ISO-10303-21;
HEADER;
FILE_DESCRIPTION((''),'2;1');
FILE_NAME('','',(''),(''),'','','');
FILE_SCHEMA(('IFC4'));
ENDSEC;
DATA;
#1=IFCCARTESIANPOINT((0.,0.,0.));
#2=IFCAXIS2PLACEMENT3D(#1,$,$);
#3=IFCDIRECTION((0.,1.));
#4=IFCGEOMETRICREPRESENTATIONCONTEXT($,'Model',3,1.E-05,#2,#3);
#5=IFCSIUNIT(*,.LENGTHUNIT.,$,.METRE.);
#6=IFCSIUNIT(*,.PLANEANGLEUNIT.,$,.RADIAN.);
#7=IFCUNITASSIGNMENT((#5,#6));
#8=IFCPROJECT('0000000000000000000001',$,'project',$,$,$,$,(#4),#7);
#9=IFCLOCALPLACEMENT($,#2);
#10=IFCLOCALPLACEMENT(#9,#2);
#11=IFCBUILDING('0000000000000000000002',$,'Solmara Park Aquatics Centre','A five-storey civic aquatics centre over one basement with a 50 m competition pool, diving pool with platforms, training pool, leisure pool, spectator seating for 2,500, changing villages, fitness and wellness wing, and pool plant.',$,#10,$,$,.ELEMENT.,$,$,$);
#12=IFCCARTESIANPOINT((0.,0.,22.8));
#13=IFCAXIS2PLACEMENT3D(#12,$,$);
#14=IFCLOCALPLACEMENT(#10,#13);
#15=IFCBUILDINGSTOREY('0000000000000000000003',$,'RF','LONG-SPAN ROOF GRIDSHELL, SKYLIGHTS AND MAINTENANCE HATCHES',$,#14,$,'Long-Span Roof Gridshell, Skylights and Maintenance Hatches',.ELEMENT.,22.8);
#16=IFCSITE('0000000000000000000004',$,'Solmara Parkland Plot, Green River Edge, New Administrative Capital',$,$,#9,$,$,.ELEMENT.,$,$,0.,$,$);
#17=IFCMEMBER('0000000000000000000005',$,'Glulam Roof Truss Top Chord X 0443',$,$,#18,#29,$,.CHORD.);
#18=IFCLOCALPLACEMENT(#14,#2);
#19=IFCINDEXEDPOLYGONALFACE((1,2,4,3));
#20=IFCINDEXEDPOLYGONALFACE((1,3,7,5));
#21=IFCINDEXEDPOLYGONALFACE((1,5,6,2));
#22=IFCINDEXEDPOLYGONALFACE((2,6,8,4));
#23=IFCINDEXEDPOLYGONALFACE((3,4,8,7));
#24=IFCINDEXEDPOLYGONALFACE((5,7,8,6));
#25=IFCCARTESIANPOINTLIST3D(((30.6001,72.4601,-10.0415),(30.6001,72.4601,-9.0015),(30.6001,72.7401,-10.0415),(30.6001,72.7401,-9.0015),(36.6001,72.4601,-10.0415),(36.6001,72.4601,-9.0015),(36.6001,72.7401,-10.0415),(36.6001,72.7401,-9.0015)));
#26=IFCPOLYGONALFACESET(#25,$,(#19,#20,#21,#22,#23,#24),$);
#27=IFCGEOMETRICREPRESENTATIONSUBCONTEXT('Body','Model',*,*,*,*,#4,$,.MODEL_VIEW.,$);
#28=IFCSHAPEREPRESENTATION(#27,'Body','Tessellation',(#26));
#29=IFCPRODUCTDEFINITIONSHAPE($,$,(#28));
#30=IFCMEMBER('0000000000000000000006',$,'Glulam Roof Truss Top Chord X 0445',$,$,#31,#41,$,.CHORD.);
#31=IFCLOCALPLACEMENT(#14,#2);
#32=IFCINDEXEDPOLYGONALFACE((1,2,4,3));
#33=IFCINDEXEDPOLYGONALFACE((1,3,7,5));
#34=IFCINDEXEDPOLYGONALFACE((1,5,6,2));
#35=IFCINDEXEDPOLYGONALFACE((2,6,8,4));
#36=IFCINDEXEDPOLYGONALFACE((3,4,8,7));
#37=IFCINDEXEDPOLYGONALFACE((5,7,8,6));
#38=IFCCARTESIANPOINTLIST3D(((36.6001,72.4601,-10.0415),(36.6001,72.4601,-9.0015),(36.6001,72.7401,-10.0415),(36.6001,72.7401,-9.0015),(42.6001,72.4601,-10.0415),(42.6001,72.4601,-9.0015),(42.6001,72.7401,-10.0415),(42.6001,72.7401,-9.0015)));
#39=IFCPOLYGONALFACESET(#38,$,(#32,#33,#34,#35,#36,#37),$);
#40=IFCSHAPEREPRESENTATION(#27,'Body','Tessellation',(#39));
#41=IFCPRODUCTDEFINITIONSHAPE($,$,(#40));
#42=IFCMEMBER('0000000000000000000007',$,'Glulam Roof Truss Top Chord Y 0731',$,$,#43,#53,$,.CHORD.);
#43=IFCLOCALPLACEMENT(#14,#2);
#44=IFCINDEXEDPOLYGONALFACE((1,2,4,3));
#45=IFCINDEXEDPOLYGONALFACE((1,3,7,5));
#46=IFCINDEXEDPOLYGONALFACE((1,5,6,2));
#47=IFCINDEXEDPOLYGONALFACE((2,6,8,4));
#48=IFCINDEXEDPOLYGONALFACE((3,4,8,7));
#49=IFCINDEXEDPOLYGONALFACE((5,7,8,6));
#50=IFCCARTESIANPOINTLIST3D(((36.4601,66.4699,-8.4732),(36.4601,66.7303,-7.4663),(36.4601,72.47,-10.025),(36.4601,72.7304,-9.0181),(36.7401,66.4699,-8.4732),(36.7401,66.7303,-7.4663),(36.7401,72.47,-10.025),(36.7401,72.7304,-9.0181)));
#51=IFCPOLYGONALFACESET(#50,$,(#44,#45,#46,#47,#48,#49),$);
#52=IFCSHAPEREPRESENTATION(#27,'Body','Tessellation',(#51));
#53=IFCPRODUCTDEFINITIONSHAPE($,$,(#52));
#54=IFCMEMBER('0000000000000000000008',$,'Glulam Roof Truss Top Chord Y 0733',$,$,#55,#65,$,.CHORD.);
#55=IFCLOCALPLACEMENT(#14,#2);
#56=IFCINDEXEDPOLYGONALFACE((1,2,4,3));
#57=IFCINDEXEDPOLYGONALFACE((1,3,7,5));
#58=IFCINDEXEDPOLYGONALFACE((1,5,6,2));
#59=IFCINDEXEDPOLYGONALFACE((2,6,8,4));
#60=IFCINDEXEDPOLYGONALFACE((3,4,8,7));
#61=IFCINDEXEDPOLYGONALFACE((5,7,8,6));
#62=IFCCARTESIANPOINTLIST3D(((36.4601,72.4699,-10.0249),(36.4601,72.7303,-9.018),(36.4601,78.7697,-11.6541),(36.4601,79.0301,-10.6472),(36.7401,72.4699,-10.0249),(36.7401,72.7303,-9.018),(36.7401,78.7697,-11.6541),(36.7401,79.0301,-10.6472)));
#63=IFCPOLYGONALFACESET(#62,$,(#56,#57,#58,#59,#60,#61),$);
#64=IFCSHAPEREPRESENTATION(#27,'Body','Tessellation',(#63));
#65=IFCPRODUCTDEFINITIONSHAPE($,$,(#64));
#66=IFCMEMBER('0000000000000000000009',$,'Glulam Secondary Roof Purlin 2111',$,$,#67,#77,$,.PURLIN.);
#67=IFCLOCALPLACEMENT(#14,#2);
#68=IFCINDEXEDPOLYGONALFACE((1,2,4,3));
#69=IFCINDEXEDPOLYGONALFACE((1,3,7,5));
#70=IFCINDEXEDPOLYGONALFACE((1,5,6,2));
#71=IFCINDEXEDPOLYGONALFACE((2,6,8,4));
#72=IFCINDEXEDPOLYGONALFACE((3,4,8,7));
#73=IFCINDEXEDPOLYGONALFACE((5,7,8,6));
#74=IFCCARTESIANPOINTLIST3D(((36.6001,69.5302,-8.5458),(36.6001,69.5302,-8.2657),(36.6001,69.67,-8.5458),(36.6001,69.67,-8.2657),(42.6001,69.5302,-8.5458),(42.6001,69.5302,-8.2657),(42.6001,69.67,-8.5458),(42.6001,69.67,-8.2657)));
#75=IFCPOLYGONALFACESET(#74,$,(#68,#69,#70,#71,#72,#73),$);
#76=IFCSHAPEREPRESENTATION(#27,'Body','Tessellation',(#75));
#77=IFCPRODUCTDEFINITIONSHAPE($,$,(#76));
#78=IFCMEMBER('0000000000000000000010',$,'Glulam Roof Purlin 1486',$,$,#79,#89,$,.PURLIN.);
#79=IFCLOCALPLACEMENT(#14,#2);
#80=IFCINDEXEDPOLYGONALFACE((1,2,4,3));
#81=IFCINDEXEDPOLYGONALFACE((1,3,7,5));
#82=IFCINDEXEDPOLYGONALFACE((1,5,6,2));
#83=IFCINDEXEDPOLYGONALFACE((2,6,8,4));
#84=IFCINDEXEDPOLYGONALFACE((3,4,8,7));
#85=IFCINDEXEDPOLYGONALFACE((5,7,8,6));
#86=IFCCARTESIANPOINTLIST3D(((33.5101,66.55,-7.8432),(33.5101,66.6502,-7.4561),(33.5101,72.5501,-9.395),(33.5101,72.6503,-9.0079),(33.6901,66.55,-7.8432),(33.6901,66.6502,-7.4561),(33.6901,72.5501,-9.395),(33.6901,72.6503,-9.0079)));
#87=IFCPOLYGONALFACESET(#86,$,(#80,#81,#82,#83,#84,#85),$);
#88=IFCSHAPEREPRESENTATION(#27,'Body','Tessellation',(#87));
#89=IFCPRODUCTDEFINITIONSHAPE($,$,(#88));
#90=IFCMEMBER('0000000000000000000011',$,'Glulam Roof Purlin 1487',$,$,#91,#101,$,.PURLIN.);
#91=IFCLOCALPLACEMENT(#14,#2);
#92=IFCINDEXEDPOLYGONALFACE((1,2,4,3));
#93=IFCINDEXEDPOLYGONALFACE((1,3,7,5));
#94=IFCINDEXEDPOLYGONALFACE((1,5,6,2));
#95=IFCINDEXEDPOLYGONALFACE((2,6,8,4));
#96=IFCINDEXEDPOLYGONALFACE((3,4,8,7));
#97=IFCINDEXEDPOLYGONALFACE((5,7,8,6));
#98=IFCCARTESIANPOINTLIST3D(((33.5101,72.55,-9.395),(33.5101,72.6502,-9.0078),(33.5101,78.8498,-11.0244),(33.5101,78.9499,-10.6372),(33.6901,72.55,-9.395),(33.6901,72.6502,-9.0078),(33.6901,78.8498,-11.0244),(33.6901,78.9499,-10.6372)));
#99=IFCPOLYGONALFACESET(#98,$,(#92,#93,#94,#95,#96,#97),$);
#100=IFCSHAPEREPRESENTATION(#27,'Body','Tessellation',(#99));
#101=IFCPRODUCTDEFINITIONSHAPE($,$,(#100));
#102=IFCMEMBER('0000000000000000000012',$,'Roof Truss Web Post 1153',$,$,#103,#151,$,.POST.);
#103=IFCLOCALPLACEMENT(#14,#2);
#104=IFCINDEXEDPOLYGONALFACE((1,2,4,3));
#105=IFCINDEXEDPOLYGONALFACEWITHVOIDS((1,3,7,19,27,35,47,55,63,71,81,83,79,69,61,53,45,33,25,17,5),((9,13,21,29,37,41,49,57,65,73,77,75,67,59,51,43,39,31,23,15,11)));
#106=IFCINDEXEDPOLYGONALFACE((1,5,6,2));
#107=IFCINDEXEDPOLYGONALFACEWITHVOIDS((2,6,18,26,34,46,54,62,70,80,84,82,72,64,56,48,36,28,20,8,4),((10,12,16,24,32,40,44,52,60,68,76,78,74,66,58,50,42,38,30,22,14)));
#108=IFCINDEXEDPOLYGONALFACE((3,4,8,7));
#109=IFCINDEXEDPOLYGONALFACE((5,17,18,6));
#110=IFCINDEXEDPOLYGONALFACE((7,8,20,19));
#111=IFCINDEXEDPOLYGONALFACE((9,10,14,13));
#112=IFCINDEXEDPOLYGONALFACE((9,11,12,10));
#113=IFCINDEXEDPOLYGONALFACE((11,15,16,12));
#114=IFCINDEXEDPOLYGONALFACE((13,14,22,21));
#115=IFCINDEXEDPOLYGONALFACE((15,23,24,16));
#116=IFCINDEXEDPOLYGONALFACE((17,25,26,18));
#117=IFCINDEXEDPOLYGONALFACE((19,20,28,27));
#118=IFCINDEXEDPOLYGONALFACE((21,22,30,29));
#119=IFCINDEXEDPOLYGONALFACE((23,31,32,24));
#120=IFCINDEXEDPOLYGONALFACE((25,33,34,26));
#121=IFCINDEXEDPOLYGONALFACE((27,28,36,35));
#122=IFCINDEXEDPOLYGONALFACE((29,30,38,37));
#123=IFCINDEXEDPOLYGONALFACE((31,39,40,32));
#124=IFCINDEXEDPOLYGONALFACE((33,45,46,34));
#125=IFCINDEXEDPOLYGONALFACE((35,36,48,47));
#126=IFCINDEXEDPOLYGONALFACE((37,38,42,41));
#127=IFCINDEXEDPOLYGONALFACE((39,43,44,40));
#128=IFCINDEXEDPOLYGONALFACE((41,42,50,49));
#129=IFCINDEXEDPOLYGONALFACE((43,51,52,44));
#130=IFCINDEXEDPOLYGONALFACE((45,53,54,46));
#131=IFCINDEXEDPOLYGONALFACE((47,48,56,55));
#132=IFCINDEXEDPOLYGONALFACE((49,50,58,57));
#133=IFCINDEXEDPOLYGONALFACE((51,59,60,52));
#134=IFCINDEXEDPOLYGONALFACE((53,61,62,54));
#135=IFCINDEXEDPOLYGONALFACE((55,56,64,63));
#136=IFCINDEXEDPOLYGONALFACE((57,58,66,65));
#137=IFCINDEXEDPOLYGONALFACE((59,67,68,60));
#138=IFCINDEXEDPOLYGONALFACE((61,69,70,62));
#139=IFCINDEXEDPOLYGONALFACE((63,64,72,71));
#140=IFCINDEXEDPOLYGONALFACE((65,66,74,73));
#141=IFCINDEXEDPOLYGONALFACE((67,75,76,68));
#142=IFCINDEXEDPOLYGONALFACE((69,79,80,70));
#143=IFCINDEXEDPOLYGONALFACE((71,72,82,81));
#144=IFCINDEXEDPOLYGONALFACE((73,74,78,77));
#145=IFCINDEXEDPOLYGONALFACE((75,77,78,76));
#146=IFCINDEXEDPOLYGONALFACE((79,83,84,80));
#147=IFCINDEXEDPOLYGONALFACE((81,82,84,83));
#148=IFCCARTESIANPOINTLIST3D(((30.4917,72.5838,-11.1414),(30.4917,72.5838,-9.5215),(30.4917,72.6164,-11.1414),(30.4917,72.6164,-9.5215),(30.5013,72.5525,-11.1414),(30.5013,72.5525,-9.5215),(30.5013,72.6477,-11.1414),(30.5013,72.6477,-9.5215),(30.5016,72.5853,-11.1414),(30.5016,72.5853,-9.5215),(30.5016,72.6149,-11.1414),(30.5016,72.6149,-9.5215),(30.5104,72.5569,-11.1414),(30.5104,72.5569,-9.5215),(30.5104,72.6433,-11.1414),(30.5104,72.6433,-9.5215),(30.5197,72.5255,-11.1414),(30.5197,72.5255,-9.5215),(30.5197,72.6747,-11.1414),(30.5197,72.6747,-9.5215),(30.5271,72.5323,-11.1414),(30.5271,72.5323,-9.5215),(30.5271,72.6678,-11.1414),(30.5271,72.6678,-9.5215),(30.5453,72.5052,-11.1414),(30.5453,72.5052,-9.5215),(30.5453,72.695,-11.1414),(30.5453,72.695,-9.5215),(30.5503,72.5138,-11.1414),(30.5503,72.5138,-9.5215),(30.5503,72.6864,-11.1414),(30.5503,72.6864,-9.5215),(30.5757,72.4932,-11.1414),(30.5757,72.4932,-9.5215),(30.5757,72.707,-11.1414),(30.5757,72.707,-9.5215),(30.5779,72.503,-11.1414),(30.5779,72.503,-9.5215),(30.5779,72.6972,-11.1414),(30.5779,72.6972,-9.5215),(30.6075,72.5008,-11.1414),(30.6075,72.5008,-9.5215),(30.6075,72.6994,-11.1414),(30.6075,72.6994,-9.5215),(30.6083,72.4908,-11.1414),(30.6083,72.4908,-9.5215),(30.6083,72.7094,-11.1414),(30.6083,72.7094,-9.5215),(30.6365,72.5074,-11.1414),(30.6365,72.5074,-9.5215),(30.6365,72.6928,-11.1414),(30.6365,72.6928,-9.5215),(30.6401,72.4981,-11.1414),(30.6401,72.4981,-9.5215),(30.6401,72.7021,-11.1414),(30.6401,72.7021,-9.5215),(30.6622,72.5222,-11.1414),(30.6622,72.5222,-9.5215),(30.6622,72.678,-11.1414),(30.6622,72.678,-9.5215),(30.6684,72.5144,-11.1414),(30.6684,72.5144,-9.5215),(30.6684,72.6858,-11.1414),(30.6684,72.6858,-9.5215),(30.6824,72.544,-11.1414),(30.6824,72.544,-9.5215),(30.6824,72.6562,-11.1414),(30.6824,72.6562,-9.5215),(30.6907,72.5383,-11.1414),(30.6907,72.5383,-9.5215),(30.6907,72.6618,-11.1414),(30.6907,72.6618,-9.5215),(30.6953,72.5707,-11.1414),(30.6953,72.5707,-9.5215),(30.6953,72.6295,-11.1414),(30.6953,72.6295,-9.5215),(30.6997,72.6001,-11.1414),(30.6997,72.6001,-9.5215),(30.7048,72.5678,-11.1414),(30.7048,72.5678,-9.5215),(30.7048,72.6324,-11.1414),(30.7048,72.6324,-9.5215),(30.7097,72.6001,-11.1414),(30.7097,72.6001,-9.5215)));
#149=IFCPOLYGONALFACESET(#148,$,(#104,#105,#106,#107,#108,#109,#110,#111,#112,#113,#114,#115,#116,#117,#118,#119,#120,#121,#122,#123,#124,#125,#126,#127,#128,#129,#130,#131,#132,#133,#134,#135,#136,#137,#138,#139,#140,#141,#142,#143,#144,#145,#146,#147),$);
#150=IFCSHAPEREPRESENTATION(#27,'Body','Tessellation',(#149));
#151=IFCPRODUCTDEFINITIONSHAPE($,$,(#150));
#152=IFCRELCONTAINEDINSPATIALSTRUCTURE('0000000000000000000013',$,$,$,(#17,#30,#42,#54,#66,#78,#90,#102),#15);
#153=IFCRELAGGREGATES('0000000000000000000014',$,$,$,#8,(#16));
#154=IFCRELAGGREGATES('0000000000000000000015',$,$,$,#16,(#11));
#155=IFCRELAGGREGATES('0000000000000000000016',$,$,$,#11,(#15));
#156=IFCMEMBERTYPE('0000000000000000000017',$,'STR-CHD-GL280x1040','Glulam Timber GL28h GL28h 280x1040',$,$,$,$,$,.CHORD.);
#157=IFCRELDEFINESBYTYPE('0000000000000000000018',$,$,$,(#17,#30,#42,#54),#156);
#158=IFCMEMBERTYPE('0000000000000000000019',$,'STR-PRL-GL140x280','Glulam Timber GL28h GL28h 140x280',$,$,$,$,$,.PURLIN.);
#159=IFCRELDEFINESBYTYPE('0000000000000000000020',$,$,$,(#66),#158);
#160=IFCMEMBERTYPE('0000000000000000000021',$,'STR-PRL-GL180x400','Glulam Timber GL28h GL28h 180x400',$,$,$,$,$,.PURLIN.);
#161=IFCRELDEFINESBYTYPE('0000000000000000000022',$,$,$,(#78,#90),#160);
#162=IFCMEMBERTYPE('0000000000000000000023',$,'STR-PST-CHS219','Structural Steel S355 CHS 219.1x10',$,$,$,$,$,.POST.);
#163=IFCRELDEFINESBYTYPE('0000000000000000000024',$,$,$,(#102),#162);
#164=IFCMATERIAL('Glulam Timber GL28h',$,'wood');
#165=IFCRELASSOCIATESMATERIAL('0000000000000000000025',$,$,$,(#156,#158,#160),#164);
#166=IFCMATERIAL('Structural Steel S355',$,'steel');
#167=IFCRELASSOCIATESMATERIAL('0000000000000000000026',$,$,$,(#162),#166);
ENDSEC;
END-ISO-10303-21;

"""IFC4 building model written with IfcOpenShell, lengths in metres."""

from ifc_helpers import new_model, si_unit, direction, frame, origin, origin_2d, place, context, subcontext, project, spatial, rectangle, hollow_circle, extrude, material, material_profile, profile_set, type_object, element, save


model = new_model("IFC4")

# Units and contexts
model_context = context("Model", 3, precision=1e-05, world=origin(), true_north=direction((0.0, 1.0)))
body_context = subcontext(model_context, "Body", "Model", "MODEL_VIEW")
ifc_project = project(units=[si_unit("LENGTHUNIT", "METRE"), si_unit("PLANEANGLEUNIT", "RADIAN")], contexts=[model_context])

# Site, building, storey
site_placement = place(None, origin())
site = spatial("IfcSite", under=ifc_project, at=site_placement, Name="Solmara Parkland Plot, Green River Edge, New Administrative Capital", CompositionType="ELEMENT", RefElevation=0.0)
building_placement = place(site_placement, origin())
building = spatial("IfcBuilding", under=site, at=building_placement, Name="Solmara Park Aquatics Centre", Description="A five-storey civic aquatics centre over one basement with a 50 m competition pool, diving pool with platforms, training pool, leisure pool, spectator seating for 2,500, changing villages, fitness and wellness wing, and pool plant.", CompositionType="ELEMENT")
storey_placement = place(building_placement, frame((0.0, 0.0, 22.8)))
storey = spatial("IfcBuildingStorey", under=building, at=storey_placement, Name="RF", Description="LONG-SPAN ROOF GRIDSHELL, SKYLIGHTS AND MAINTENANCE HATCHES", LongName="Long-Span Roof Gridshell, Skylights and Maintenance Hatches", CompositionType="ELEMENT", Elevation=22.8)

# Members
ifc_material_1 = material(Name="Structural Steel S355", Category="steel")
ifc_material_2 = material(Name="Glulam Timber GL28h", Category="wood")
ifc_material_profile_1 = material_profile(ifc_material_2, rectangle(XDim=0.28, YDim=1.04, at=origin_2d()), Name="GL28h 280x1040")
ifc_profile_set_1 = profile_set([ifc_material_profile_1], Name="Glulam Timber GL28h")
member_type_1 = type_object("IfcMemberType", Name="STR-CHD-GL280x1040", Description="Glulam Timber GL28h GL28h 280x1040", PredefinedType="CHORD", material=ifc_profile_set_1)
for number, where, z_axis, x_axis, name in (
    (1, (30.6001, 72.6001, -9.5215), (1.0, 0.0, 0.0), (0.0, 1.0, 0.0), "Glulam Roof Truss Top Chord X 0443"),
    (2, (36.6001, 72.6001, -9.5215), (1.0, 0.0, 0.0), (0.0, 1.0, 0.0), "Glulam Roof Truss Top Chord X 0445"),
):
    element("IfcMember", number, at=place(storey_placement, frame(where, z_axis=z_axis, x_axis=x_axis)), inside=storey, type_object=member_type_1, Name=name, PredefinedType="CHORD", context=body_context, shape_type="SweptSolid", body=[
        extrude(rectangle(XDim=0.28, YDim=1.04, at=origin_2d()), origin(), (0.0, 0.0, 1.0), 6.0),
    ])
member_1_placement = place(storey_placement, frame((36.6001, 66.6001, -7.9697), z_axis=(0.0, 0.968146, -0.250388), x_axis=(-1.0, 0.0, 0.0)))
element("IfcMember", 3, at=member_1_placement, inside=storey, type_object=member_type_1, Name="Glulam Roof Truss Top Chord Y 0731", PredefinedType="CHORD", context=body_context, shape_type="SweptSolid", body=[
    extrude(rectangle(XDim=0.28, YDim=1.04, at=origin_2d()), origin(), (0.0, 0.0, 1.0), 6.1975),
])
member_2_placement = place(storey_placement, frame((36.6001, 72.6001, -9.5215), z_axis=(0.0, 0.968151, -0.250367), x_axis=(-1.0, 0.0, 0.0)))
element("IfcMember", 4, at=member_2_placement, inside=storey, type_object=member_type_1, Name="Glulam Roof Truss Top Chord Y 0733", PredefinedType="CHORD", context=body_context, shape_type="SweptSolid", body=[
    extrude(rectangle(XDim=0.28, YDim=1.04, at=origin_2d()), origin(), (0.0, 0.0, 1.0), 6.5071),
])
ifc_material_profile_2 = material_profile(ifc_material_2, rectangle(XDim=0.1399, YDim=0.28, at=origin_2d()), Name="GL28h 140x280")
ifc_profile_set_2 = profile_set([ifc_material_profile_2], Name="Glulam Timber GL28h")
member_type_2 = type_object("IfcMemberType", Name="STR-PRL-GL140x280", Description="Glulam Timber GL28h GL28h 140x280", PredefinedType="PURLIN", material=ifc_profile_set_2)
member_3_placement = place(storey_placement, frame((36.6001, 69.6001, -8.4058), z_axis=(1.0, 0.0, 0.0), x_axis=(0.0, 1.0, 0.0)))
element("IfcMember", 5, at=member_3_placement, inside=storey, type_object=member_type_2, Name="Glulam Secondary Roof Purlin 2111", PredefinedType="PURLIN", context=body_context, shape_type="SweptSolid", body=[
    extrude(rectangle(XDim=0.1399, YDim=0.28, at=origin_2d()), origin(), (0.0, 0.0, 1.0), 6.0),
])
ifc_material_profile_3 = material_profile(ifc_material_2, rectangle(XDim=0.1799, YDim=0.3999, at=origin_2d()), Name="GL28h 180x400")
ifc_profile_set_3 = profile_set([ifc_material_profile_3], Name="Glulam Timber GL28h")
member_type_3 = type_object("IfcMemberType", Name="STR-PRL-GL180x400", Description="Glulam Timber GL28h GL28h 180x400", PredefinedType="PURLIN", material=ifc_profile_set_3)
member_4_placement = place(storey_placement, frame((33.6001, 66.6001, -7.6497), z_axis=(0.0, 0.968146, -0.250388), x_axis=(-1.0, 0.0, 0.0)))
element("IfcMember", 6, at=member_4_placement, inside=storey, type_object=member_type_3, Name="Glulam Roof Purlin 1486", PredefinedType="PURLIN", context=body_context, shape_type="SweptSolid", body=[
    extrude(rectangle(XDim=0.1799, YDim=0.3999, at=origin_2d()), origin(), (0.0, 0.0, 1.0), 6.1975),
])
member_5_placement = place(storey_placement, frame((33.6001, 72.6001, -9.2014), z_axis=(0.0, 0.968142, -0.250402), x_axis=(-1.0, 0.0, 0.0)))
element("IfcMember", 7, at=member_5_placement, inside=storey, type_object=member_type_3, Name="Glulam Roof Purlin 1487", PredefinedType="PURLIN", context=body_context, shape_type="SweptSolid", body=[
    extrude(rectangle(XDim=0.1799, YDim=0.3999, at=origin_2d()), origin(), (0.0, 0.0, 1.0), 6.5071),
])
ifc_material_profile_4 = material_profile(ifc_material_1, hollow_circle(Radius=0.1096, WallThickness=0.01, at=origin_2d()), Name="CHS 219.1x10")
ifc_profile_set_4 = profile_set([ifc_material_profile_4], Name="Structural Steel S355")
member_type_4 = type_object("IfcMemberType", Name="STR-PST-CHS219", Description="Structural Steel S355 CHS 219.1x10", PredefinedType="POST", material=ifc_profile_set_4)
member_6_placement = place(storey_placement, frame((30.6001, 72.6001, -11.1414), z_axis=(0.0, 0.0, 1.0), x_axis=(1.0, 0.0, 0.0)))
element("IfcMember", 8, at=member_6_placement, inside=storey, type_object=member_type_4, Name="Roof Truss Web Post 1153", PredefinedType="POST", context=body_context, shape_type="SweptSolid", body=[
    extrude(hollow_circle(Radius=0.1096, WallThickness=0.01, at=origin_2d()), origin(), (0.0, 0.0, 1.0), 1.6199),
])

save(model, "model.ifc")
